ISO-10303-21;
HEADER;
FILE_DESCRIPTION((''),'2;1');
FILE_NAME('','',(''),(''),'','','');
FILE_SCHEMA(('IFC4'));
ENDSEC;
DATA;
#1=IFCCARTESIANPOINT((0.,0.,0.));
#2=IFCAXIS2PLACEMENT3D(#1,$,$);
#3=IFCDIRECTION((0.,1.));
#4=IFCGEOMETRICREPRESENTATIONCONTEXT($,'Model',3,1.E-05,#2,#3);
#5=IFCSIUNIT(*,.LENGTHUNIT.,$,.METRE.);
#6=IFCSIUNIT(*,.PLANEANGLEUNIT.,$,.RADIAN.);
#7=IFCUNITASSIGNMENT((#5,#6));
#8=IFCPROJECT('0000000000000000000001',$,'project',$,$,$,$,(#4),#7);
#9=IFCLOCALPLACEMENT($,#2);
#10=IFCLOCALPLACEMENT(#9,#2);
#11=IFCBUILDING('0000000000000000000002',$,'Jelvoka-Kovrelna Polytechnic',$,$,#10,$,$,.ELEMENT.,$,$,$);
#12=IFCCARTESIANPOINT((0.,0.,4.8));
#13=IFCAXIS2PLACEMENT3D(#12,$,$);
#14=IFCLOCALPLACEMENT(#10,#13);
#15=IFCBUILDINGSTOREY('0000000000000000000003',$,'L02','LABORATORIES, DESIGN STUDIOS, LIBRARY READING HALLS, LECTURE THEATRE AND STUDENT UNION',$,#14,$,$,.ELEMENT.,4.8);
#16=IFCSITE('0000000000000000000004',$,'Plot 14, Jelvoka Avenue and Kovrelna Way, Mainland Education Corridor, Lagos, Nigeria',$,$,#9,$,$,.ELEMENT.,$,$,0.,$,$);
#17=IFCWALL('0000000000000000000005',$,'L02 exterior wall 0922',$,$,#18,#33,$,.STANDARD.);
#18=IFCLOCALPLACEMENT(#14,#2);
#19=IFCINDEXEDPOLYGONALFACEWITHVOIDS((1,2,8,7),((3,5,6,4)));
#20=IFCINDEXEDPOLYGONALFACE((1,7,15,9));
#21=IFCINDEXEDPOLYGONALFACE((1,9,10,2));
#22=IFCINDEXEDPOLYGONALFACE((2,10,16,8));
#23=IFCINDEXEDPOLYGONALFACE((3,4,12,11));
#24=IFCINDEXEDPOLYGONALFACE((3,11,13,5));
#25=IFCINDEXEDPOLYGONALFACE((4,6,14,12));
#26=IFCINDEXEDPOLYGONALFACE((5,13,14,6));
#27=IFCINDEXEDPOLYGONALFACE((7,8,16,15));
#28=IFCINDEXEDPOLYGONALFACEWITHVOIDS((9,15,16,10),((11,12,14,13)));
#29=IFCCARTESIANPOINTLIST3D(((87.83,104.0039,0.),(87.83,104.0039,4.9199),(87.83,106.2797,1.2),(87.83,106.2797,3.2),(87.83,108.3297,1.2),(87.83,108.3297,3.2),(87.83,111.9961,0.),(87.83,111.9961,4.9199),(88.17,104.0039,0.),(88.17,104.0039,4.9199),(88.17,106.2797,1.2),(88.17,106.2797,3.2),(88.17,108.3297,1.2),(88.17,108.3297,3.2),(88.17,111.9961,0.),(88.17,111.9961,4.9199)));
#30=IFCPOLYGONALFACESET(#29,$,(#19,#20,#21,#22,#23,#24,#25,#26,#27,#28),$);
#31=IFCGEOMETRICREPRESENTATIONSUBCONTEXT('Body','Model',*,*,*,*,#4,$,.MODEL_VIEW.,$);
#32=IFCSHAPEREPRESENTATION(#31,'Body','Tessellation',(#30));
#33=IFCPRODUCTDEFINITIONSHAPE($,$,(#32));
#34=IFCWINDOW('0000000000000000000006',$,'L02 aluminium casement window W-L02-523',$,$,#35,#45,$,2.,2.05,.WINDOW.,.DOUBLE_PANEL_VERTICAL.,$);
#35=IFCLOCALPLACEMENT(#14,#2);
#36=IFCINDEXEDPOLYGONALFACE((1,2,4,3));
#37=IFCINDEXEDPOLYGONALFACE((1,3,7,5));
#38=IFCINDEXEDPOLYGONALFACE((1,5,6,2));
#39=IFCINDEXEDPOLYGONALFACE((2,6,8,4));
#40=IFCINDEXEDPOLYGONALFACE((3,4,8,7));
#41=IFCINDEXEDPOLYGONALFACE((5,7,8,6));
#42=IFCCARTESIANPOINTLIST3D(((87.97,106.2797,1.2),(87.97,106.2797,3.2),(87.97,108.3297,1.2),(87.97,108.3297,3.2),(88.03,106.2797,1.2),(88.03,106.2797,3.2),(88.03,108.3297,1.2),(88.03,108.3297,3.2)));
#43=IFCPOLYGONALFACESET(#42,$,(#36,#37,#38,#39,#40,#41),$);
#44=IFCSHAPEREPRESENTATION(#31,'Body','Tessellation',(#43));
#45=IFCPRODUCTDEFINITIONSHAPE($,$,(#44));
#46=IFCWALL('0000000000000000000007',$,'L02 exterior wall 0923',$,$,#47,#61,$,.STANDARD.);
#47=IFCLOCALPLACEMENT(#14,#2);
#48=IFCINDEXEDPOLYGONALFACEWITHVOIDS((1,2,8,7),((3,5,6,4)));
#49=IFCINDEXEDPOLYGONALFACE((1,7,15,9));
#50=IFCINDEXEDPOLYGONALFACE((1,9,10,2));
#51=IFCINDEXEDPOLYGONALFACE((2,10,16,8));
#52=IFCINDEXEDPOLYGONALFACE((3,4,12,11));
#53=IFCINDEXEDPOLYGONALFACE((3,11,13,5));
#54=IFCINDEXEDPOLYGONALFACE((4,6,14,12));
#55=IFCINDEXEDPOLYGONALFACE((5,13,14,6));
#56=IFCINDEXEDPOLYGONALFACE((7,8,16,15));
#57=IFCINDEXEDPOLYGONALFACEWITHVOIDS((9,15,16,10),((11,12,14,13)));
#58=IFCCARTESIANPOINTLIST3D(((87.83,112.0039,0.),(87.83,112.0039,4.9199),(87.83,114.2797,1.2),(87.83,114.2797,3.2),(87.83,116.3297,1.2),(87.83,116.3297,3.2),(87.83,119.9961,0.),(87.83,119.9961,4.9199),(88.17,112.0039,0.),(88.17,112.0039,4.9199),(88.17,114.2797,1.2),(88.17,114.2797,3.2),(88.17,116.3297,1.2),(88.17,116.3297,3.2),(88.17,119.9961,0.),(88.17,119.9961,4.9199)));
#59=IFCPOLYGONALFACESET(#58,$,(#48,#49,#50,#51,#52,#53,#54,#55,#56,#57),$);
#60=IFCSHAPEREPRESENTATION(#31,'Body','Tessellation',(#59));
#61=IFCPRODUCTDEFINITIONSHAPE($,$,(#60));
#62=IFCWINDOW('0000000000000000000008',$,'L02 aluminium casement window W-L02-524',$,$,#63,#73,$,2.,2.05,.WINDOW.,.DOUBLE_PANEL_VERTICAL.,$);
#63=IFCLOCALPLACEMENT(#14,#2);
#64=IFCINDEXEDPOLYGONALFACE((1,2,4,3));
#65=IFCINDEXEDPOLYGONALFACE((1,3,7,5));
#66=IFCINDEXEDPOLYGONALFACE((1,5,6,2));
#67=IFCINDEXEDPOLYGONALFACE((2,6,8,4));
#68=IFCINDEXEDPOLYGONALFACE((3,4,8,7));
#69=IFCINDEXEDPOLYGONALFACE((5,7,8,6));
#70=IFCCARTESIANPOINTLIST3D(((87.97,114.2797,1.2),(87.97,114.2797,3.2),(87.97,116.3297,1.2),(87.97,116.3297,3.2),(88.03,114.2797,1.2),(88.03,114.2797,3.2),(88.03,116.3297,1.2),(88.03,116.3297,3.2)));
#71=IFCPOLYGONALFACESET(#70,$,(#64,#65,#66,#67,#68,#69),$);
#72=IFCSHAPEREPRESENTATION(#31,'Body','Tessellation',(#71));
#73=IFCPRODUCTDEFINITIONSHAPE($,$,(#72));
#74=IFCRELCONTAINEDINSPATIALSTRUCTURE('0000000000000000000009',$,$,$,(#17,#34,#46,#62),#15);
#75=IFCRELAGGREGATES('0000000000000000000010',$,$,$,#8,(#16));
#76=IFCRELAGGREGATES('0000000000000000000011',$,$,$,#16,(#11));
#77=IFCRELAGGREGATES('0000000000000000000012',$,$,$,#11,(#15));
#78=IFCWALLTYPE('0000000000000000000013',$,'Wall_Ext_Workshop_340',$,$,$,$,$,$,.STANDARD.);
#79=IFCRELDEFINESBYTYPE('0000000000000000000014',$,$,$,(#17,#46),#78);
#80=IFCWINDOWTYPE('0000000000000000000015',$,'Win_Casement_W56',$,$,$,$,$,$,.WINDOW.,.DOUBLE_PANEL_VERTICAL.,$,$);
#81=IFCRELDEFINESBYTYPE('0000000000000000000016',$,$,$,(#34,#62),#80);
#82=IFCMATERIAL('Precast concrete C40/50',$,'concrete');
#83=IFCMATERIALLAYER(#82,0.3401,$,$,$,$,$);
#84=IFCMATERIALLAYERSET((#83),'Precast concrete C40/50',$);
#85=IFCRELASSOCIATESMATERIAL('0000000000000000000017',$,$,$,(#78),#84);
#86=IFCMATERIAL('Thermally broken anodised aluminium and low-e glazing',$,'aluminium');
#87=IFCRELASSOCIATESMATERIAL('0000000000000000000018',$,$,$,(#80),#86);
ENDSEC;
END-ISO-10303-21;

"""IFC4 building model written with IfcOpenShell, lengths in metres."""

from ifc_helpers import new_model, si_unit, direction, frame, frame_2d, origin, place, context, subcontext, project, spatial, rectangle, extrude, material, layer, layer_set, type_object, element, fill, save


model = new_model("IFC4")

# Units and contexts
model_context = context("Model", 3, precision=1e-05, world=origin(), true_north=direction((0.0, 1.0)))
body_context = subcontext(model_context, "Body", "Model", "MODEL_VIEW")
ifc_project = project(units=[si_unit("LENGTHUNIT", "METRE"), si_unit("PLANEANGLEUNIT", "RADIAN")], contexts=[model_context])

# Site, building, storey
site_placement = place(None, origin())
site = spatial("IfcSite", under=ifc_project, at=site_placement, Name="Plot 14, Jelvoka Avenue and Kovrelna Way, Mainland Education Corridor, Lagos, Nigeria", CompositionType="ELEMENT", RefElevation=0.0)
building_placement = place(site_placement, origin())
building = spatial("IfcBuilding", under=site, at=building_placement, Name="Jelvoka-Kovrelna Polytechnic", CompositionType="ELEMENT")
storey_placement = place(building_placement, frame((0.0, 0.0, 4.8)))
storey = spatial("IfcBuildingStorey", under=building, at=storey_placement, Name="L02", Description="LABORATORIES, DESIGN STUDIOS, LIBRARY READING HALLS, LECTURE THEATRE AND STUDENT UNION", CompositionType="ELEMENT", Elevation=4.8)

# Shared definitions
ifc_material_1 = material(Name="Precast concrete C40/50", Category="concrete")
ifc_layer_1 = layer(ifc_material_1, 0.3401)
ifc_layer_set_1 = layer_set([ifc_layer_1], Name="Precast concrete C40/50")
wall_type = type_object("IfcWallType", Name="Wall_Ext_Workshop_340", PredefinedType="STANDARD", material=ifc_layer_set_1)

# Walls, openings, windows
ifc_material_2 = material(Name="Thermally broken anodised aluminium and low-e glazing", Category="aluminium")
window_type = type_object("IfcWindowType", Name="Win_Casement_W56", PartitioningType="DOUBLE_PANEL_VERTICAL", PredefinedType="WINDOW", material=ifc_material_2)
wall_1_placement = place(storey_placement, frame((88.0, 104.0039, 0.0), z_axis=(0.0, 0.0, 1.0), x_axis=(0.0, 1.0, 0.0)))
wall_1 = element("IfcWall", 1, at=wall_1_placement, inside=storey, type_object=wall_type, Name="L02 exterior wall 0922", PredefinedType="STANDARD", context=body_context, shape_type="SweptSolid", body=[
    extrude(rectangle(XDim=7.9922, YDim=0.3401, at=frame_2d((3.9961, 0.0))), origin(), (0.0, 0.0, 1.0), 4.9199),
])
opening_1_placement = place(wall_1_placement, frame((2.2759, 0.0, 1.2)))
opening_1 = element("IfcOpeningElement", 2, at=opening_1_placement, cuts=wall_1, PredefinedType="OPENING", context=body_context, shape_type="SweptSolid", body=[
    extrude(rectangle(XDim=2.05, YDim=2.0, at=frame_2d((1.0249, 1.0))), frame((0.0, 0.1799, 0.0), z_axis=(0.0, -1.0, 0.0), x_axis=(1.0, 0.0, 0.0)), (0.0, 0.0, 1.0), 0.3601),
])
window_1_placement = place(opening_1_placement, origin())
window_1 = element("IfcWindow", 3, at=window_1_placement, inside=storey, type_object=window_type, Name="L02 aluminium casement window W-L02-523", OverallHeight=2.0, OverallWidth=2.05, PartitioningType="DOUBLE_PANEL_VERTICAL", PredefinedType="WINDOW", context=body_context, shape_type="SweptSolid", body=[
    extrude(rectangle(XDim=2.05, YDim=2.0, at=frame_2d((1.0249, 1.0))), frame((0.0, 0.03, 0.0), z_axis=(0.0, -1.0, 0.0), x_axis=(1.0, 0.0, 0.0)), (0.0, 0.0, 1.0), 0.0601),
])
fill(opening_1, window_1)
wall_2_placement = place(storey_placement, frame((88.0, 112.0039, 0.0), z_axis=(0.0, 0.0, 1.0), x_axis=(0.0, 1.0, 0.0)))
wall_2 = element("IfcWall", 4, at=wall_2_placement, inside=storey, type_object=wall_type, Name="L02 exterior wall 0923", PredefinedType="STANDARD", context=body_context, shape_type="SweptSolid", body=[
    extrude(rectangle(XDim=7.9922, YDim=0.3401, at=frame_2d((3.9961, 0.0))), origin(), (0.0, 0.0, 1.0), 4.9199),
])
opening_2_placement = place(wall_2_placement, frame((2.2759, 0.0, 1.2)))
opening_2 = element("IfcOpeningElement", 5, at=opening_2_placement, cuts=wall_2, PredefinedType="OPENING", context=body_context, shape_type="SweptSolid", body=[
    extrude(rectangle(XDim=2.05, YDim=2.0, at=frame_2d((1.0249, 1.0))), frame((0.0, 0.1799, 0.0), z_axis=(0.0, -1.0, 0.0), x_axis=(1.0, 0.0, 0.0)), (0.0, 0.0, 1.0), 0.3601),
])
window_2_placement = place(opening_2_placement, origin())
window_2 = element("IfcWindow", 6, at=window_2_placement, inside=storey, type_object=window_type, Name="L02 aluminium casement window W-L02-524", OverallHeight=2.0, OverallWidth=2.05, PartitioningType="DOUBLE_PANEL_VERTICAL", PredefinedType="WINDOW", context=body_context, shape_type="SweptSolid", body=[
    extrude(rectangle(XDim=2.05, YDim=2.0, at=frame_2d((1.0249, 1.0))), frame((0.0, 0.03, 0.0), z_axis=(0.0, -1.0, 0.0), x_axis=(1.0, 0.0, 0.0)), (0.0, 0.0, 1.0), 0.0601),
])
fill(opening_2, window_2)

save(model, "model.ifc")
